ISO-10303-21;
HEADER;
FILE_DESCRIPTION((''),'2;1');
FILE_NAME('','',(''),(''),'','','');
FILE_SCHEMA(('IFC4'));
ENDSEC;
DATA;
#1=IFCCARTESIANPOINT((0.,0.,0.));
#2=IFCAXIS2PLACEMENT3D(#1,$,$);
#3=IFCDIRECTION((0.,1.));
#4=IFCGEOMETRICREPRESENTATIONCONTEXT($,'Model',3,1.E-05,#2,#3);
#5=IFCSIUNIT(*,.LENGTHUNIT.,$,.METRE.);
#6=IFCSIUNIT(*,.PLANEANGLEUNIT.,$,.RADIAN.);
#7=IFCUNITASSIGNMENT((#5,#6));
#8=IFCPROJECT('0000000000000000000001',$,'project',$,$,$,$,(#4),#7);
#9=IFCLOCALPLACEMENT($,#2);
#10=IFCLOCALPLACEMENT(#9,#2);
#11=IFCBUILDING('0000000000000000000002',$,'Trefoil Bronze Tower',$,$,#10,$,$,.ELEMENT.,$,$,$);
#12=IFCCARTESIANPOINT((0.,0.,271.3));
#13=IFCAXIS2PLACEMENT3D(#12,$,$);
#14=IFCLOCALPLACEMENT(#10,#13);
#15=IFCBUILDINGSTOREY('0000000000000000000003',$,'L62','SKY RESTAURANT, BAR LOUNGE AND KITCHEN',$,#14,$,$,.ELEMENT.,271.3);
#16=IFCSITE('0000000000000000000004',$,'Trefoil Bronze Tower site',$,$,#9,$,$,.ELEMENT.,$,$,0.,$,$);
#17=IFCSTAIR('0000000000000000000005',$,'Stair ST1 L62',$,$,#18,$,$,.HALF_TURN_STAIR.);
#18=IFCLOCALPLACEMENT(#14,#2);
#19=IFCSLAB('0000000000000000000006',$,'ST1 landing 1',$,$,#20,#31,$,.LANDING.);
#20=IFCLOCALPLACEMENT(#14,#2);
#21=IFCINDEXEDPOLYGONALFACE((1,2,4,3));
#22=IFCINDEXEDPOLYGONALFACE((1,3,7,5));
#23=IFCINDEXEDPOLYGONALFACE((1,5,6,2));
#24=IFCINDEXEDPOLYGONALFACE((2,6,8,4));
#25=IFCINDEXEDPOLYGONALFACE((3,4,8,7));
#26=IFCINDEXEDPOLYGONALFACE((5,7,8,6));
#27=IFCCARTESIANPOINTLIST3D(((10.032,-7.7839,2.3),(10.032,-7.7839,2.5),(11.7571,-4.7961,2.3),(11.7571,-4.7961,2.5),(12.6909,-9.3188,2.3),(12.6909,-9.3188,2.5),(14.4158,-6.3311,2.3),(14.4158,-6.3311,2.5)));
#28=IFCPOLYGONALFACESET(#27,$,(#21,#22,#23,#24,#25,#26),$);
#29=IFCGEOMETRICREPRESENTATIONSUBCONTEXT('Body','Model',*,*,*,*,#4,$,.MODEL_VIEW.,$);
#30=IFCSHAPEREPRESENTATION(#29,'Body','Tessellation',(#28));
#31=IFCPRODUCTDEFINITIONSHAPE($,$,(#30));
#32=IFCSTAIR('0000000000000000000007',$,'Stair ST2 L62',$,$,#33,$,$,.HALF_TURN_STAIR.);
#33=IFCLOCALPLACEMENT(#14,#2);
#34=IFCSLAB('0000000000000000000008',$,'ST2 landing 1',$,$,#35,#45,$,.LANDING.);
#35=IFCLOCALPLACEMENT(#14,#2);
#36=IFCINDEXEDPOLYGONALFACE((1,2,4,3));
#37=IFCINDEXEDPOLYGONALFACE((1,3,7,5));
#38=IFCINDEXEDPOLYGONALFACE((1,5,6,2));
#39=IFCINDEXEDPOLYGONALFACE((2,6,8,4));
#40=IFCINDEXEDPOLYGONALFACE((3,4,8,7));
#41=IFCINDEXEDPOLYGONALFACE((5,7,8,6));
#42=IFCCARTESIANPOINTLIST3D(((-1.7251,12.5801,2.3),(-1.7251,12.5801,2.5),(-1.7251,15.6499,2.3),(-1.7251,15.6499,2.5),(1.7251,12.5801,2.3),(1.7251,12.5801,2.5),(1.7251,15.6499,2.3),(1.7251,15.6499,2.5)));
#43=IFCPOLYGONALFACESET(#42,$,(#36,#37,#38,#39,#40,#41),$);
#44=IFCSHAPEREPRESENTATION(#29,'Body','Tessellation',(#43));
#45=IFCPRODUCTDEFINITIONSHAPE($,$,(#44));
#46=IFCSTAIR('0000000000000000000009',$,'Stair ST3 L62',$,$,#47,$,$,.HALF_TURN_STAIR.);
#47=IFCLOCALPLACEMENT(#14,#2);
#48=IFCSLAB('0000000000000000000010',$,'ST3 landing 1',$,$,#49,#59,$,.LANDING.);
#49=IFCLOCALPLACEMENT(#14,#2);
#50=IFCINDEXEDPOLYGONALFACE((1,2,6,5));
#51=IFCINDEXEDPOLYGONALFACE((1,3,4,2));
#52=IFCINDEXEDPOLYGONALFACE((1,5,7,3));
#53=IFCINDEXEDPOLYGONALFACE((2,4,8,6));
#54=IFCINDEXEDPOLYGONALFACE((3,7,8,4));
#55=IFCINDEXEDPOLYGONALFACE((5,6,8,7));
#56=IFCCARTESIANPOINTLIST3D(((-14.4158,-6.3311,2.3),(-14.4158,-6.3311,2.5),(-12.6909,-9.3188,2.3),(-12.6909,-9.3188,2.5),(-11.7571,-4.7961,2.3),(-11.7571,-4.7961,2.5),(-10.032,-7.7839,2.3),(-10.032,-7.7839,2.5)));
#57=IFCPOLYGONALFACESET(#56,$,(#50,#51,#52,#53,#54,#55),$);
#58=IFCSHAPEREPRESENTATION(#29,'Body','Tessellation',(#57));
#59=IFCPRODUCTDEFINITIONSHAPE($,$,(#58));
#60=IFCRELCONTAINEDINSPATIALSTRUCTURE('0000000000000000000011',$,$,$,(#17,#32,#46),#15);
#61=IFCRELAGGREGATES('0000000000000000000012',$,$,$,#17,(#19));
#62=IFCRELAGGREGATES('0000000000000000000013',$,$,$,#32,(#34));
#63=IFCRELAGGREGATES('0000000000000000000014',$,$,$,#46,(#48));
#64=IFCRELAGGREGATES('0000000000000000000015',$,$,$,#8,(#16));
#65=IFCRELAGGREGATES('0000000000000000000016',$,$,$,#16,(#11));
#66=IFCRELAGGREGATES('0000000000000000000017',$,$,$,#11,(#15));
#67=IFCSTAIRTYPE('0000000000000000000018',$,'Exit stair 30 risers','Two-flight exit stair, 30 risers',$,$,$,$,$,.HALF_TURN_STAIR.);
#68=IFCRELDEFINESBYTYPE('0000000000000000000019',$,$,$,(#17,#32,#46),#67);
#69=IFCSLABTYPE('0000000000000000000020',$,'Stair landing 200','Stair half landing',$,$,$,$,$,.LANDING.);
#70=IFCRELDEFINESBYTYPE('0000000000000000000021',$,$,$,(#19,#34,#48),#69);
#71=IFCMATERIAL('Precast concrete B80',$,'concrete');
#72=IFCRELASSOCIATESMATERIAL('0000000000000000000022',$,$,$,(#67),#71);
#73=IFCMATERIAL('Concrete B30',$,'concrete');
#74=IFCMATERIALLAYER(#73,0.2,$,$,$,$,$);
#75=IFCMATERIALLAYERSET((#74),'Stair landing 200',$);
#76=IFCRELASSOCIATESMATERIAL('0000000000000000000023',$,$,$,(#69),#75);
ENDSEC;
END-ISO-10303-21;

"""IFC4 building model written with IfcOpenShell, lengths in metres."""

from ifc_helpers import new_model, si_unit, direction, frame, origin, place, context, subcontext, project, spatial, polyline, outline, extrude, material, layer, layer_set, type_object, element, aggregate, save


model = new_model("IFC4")

# Units and contexts
model_context = context("Model", 3, precision=1e-05, world=origin(), true_north=direction((0.0, 1.0)))
body_context = subcontext(model_context, "Body", "Model", "MODEL_VIEW")
ifc_project = project(units=[si_unit("LENGTHUNIT", "METRE"), si_unit("PLANEANGLEUNIT", "RADIAN")], contexts=[model_context])

# Site, building, storey
site_placement = place(None, origin())
site = spatial("IfcSite", under=ifc_project, at=site_placement, Name="Trefoil Bronze Tower site", CompositionType="ELEMENT", RefElevation=0.0)
building_placement = place(site_placement, origin())
building = spatial("IfcBuilding", under=site, at=building_placement, Name="Trefoil Bronze Tower", CompositionType="ELEMENT")
storey_placement = place(building_placement, frame((0.0, 0.0, 271.3)))
storey = spatial("IfcBuildingStorey", under=building, at=storey_placement, Name="L62", Description="SKY RESTAURANT, BAR LOUNGE AND KITCHEN", CompositionType="ELEMENT", Elevation=271.3)

# Stairs, slabs
ifc_material_1 = material(Name="Precast concrete B80", Category="concrete")
stair_type = type_object("IfcStairType", Name="Exit stair 30 risers", Description="Two-flight exit stair, 30 risers", PredefinedType="HALF_TURN_STAIR", material=ifc_material_1)
stair_1_placement = place(storey_placement, origin())
stair_1 = element("IfcStair", 1, at=stair_1_placement, inside=storey, type_object=stair_type, Name="Stair ST1 L62", PredefinedType="HALF_TURN_STAIR")
ifc_material_2 = material(Name="Concrete B30", Category="concrete")
ifc_layer_1 = layer(ifc_material_2, 0.2)
ifc_layer_set_1 = layer_set([ifc_layer_1], Name="Stair landing 200")
slab_type = type_object("IfcSlabType", Name="Stair landing 200", Description="Stair half landing", PredefinedType="LANDING", material=ifc_layer_set_1)
slab_1_placement = place(storey_placement, frame((0.0, 0.0, 2.3)))
slab_1 = element("IfcSlab", 2, at=slab_1_placement, type_object=slab_type, Name="ST1 landing 1", PredefinedType="LANDING", context=body_context, shape_type="SweptSolid", body=[
    extrude(outline(polyline([(10.032, -7.7839), (12.6909, -9.3188), (14.4158, -6.3311), (11.7571, -4.7961), (10.032, -7.7839)])), origin(), (0.0, 0.0, 1.0), 0.2),
])
aggregate(stair_1, [slab_1])
stair_2_placement = place(storey_placement, origin())
stair_2 = element("IfcStair", 3, at=stair_2_placement, inside=storey, type_object=stair_type, Name="Stair ST2 L62", PredefinedType="HALF_TURN_STAIR")
slab_2_placement = place(storey_placement, frame((0.0, 0.0, 2.3)))
slab_2 = element("IfcSlab", 4, at=slab_2_placement, type_object=slab_type, Name="ST2 landing 1", PredefinedType="LANDING", context=body_context, shape_type="SweptSolid", body=[
    extrude(outline(polyline([(1.7251, 12.5801), (1.7251, 15.6499), (-1.7251, 15.6499), (-1.7251, 12.5801), (1.7251, 12.5801)])), origin(), (0.0, 0.0, 1.0), 0.2),
])
aggregate(stair_2, [slab_2])
stair_3_placement = place(storey_placement, origin())
stair_3 = element("IfcStair", 5, at=stair_3_placement, inside=storey, type_object=stair_type, Name="Stair ST3 L62", PredefinedType="HALF_TURN_STAIR")
slab_3_placement = place(storey_placement, frame((0.0, 0.0, 2.3)))
slab_3 = element("IfcSlab", 6, at=slab_3_placement, type_object=slab_type, Name="ST3 landing 1", PredefinedType="LANDING", context=body_context, shape_type="SweptSolid", body=[
    extrude(outline(polyline([(-11.7571, -4.7961), (-14.4158, -6.3311), (-12.6909, -9.3188), (-10.032, -7.7839), (-11.7571, -4.7961)])), origin(), (0.0, 0.0, 1.0), 0.2),
])
aggregate(stair_3, [slab_3])

save(model, "model.ifc")
